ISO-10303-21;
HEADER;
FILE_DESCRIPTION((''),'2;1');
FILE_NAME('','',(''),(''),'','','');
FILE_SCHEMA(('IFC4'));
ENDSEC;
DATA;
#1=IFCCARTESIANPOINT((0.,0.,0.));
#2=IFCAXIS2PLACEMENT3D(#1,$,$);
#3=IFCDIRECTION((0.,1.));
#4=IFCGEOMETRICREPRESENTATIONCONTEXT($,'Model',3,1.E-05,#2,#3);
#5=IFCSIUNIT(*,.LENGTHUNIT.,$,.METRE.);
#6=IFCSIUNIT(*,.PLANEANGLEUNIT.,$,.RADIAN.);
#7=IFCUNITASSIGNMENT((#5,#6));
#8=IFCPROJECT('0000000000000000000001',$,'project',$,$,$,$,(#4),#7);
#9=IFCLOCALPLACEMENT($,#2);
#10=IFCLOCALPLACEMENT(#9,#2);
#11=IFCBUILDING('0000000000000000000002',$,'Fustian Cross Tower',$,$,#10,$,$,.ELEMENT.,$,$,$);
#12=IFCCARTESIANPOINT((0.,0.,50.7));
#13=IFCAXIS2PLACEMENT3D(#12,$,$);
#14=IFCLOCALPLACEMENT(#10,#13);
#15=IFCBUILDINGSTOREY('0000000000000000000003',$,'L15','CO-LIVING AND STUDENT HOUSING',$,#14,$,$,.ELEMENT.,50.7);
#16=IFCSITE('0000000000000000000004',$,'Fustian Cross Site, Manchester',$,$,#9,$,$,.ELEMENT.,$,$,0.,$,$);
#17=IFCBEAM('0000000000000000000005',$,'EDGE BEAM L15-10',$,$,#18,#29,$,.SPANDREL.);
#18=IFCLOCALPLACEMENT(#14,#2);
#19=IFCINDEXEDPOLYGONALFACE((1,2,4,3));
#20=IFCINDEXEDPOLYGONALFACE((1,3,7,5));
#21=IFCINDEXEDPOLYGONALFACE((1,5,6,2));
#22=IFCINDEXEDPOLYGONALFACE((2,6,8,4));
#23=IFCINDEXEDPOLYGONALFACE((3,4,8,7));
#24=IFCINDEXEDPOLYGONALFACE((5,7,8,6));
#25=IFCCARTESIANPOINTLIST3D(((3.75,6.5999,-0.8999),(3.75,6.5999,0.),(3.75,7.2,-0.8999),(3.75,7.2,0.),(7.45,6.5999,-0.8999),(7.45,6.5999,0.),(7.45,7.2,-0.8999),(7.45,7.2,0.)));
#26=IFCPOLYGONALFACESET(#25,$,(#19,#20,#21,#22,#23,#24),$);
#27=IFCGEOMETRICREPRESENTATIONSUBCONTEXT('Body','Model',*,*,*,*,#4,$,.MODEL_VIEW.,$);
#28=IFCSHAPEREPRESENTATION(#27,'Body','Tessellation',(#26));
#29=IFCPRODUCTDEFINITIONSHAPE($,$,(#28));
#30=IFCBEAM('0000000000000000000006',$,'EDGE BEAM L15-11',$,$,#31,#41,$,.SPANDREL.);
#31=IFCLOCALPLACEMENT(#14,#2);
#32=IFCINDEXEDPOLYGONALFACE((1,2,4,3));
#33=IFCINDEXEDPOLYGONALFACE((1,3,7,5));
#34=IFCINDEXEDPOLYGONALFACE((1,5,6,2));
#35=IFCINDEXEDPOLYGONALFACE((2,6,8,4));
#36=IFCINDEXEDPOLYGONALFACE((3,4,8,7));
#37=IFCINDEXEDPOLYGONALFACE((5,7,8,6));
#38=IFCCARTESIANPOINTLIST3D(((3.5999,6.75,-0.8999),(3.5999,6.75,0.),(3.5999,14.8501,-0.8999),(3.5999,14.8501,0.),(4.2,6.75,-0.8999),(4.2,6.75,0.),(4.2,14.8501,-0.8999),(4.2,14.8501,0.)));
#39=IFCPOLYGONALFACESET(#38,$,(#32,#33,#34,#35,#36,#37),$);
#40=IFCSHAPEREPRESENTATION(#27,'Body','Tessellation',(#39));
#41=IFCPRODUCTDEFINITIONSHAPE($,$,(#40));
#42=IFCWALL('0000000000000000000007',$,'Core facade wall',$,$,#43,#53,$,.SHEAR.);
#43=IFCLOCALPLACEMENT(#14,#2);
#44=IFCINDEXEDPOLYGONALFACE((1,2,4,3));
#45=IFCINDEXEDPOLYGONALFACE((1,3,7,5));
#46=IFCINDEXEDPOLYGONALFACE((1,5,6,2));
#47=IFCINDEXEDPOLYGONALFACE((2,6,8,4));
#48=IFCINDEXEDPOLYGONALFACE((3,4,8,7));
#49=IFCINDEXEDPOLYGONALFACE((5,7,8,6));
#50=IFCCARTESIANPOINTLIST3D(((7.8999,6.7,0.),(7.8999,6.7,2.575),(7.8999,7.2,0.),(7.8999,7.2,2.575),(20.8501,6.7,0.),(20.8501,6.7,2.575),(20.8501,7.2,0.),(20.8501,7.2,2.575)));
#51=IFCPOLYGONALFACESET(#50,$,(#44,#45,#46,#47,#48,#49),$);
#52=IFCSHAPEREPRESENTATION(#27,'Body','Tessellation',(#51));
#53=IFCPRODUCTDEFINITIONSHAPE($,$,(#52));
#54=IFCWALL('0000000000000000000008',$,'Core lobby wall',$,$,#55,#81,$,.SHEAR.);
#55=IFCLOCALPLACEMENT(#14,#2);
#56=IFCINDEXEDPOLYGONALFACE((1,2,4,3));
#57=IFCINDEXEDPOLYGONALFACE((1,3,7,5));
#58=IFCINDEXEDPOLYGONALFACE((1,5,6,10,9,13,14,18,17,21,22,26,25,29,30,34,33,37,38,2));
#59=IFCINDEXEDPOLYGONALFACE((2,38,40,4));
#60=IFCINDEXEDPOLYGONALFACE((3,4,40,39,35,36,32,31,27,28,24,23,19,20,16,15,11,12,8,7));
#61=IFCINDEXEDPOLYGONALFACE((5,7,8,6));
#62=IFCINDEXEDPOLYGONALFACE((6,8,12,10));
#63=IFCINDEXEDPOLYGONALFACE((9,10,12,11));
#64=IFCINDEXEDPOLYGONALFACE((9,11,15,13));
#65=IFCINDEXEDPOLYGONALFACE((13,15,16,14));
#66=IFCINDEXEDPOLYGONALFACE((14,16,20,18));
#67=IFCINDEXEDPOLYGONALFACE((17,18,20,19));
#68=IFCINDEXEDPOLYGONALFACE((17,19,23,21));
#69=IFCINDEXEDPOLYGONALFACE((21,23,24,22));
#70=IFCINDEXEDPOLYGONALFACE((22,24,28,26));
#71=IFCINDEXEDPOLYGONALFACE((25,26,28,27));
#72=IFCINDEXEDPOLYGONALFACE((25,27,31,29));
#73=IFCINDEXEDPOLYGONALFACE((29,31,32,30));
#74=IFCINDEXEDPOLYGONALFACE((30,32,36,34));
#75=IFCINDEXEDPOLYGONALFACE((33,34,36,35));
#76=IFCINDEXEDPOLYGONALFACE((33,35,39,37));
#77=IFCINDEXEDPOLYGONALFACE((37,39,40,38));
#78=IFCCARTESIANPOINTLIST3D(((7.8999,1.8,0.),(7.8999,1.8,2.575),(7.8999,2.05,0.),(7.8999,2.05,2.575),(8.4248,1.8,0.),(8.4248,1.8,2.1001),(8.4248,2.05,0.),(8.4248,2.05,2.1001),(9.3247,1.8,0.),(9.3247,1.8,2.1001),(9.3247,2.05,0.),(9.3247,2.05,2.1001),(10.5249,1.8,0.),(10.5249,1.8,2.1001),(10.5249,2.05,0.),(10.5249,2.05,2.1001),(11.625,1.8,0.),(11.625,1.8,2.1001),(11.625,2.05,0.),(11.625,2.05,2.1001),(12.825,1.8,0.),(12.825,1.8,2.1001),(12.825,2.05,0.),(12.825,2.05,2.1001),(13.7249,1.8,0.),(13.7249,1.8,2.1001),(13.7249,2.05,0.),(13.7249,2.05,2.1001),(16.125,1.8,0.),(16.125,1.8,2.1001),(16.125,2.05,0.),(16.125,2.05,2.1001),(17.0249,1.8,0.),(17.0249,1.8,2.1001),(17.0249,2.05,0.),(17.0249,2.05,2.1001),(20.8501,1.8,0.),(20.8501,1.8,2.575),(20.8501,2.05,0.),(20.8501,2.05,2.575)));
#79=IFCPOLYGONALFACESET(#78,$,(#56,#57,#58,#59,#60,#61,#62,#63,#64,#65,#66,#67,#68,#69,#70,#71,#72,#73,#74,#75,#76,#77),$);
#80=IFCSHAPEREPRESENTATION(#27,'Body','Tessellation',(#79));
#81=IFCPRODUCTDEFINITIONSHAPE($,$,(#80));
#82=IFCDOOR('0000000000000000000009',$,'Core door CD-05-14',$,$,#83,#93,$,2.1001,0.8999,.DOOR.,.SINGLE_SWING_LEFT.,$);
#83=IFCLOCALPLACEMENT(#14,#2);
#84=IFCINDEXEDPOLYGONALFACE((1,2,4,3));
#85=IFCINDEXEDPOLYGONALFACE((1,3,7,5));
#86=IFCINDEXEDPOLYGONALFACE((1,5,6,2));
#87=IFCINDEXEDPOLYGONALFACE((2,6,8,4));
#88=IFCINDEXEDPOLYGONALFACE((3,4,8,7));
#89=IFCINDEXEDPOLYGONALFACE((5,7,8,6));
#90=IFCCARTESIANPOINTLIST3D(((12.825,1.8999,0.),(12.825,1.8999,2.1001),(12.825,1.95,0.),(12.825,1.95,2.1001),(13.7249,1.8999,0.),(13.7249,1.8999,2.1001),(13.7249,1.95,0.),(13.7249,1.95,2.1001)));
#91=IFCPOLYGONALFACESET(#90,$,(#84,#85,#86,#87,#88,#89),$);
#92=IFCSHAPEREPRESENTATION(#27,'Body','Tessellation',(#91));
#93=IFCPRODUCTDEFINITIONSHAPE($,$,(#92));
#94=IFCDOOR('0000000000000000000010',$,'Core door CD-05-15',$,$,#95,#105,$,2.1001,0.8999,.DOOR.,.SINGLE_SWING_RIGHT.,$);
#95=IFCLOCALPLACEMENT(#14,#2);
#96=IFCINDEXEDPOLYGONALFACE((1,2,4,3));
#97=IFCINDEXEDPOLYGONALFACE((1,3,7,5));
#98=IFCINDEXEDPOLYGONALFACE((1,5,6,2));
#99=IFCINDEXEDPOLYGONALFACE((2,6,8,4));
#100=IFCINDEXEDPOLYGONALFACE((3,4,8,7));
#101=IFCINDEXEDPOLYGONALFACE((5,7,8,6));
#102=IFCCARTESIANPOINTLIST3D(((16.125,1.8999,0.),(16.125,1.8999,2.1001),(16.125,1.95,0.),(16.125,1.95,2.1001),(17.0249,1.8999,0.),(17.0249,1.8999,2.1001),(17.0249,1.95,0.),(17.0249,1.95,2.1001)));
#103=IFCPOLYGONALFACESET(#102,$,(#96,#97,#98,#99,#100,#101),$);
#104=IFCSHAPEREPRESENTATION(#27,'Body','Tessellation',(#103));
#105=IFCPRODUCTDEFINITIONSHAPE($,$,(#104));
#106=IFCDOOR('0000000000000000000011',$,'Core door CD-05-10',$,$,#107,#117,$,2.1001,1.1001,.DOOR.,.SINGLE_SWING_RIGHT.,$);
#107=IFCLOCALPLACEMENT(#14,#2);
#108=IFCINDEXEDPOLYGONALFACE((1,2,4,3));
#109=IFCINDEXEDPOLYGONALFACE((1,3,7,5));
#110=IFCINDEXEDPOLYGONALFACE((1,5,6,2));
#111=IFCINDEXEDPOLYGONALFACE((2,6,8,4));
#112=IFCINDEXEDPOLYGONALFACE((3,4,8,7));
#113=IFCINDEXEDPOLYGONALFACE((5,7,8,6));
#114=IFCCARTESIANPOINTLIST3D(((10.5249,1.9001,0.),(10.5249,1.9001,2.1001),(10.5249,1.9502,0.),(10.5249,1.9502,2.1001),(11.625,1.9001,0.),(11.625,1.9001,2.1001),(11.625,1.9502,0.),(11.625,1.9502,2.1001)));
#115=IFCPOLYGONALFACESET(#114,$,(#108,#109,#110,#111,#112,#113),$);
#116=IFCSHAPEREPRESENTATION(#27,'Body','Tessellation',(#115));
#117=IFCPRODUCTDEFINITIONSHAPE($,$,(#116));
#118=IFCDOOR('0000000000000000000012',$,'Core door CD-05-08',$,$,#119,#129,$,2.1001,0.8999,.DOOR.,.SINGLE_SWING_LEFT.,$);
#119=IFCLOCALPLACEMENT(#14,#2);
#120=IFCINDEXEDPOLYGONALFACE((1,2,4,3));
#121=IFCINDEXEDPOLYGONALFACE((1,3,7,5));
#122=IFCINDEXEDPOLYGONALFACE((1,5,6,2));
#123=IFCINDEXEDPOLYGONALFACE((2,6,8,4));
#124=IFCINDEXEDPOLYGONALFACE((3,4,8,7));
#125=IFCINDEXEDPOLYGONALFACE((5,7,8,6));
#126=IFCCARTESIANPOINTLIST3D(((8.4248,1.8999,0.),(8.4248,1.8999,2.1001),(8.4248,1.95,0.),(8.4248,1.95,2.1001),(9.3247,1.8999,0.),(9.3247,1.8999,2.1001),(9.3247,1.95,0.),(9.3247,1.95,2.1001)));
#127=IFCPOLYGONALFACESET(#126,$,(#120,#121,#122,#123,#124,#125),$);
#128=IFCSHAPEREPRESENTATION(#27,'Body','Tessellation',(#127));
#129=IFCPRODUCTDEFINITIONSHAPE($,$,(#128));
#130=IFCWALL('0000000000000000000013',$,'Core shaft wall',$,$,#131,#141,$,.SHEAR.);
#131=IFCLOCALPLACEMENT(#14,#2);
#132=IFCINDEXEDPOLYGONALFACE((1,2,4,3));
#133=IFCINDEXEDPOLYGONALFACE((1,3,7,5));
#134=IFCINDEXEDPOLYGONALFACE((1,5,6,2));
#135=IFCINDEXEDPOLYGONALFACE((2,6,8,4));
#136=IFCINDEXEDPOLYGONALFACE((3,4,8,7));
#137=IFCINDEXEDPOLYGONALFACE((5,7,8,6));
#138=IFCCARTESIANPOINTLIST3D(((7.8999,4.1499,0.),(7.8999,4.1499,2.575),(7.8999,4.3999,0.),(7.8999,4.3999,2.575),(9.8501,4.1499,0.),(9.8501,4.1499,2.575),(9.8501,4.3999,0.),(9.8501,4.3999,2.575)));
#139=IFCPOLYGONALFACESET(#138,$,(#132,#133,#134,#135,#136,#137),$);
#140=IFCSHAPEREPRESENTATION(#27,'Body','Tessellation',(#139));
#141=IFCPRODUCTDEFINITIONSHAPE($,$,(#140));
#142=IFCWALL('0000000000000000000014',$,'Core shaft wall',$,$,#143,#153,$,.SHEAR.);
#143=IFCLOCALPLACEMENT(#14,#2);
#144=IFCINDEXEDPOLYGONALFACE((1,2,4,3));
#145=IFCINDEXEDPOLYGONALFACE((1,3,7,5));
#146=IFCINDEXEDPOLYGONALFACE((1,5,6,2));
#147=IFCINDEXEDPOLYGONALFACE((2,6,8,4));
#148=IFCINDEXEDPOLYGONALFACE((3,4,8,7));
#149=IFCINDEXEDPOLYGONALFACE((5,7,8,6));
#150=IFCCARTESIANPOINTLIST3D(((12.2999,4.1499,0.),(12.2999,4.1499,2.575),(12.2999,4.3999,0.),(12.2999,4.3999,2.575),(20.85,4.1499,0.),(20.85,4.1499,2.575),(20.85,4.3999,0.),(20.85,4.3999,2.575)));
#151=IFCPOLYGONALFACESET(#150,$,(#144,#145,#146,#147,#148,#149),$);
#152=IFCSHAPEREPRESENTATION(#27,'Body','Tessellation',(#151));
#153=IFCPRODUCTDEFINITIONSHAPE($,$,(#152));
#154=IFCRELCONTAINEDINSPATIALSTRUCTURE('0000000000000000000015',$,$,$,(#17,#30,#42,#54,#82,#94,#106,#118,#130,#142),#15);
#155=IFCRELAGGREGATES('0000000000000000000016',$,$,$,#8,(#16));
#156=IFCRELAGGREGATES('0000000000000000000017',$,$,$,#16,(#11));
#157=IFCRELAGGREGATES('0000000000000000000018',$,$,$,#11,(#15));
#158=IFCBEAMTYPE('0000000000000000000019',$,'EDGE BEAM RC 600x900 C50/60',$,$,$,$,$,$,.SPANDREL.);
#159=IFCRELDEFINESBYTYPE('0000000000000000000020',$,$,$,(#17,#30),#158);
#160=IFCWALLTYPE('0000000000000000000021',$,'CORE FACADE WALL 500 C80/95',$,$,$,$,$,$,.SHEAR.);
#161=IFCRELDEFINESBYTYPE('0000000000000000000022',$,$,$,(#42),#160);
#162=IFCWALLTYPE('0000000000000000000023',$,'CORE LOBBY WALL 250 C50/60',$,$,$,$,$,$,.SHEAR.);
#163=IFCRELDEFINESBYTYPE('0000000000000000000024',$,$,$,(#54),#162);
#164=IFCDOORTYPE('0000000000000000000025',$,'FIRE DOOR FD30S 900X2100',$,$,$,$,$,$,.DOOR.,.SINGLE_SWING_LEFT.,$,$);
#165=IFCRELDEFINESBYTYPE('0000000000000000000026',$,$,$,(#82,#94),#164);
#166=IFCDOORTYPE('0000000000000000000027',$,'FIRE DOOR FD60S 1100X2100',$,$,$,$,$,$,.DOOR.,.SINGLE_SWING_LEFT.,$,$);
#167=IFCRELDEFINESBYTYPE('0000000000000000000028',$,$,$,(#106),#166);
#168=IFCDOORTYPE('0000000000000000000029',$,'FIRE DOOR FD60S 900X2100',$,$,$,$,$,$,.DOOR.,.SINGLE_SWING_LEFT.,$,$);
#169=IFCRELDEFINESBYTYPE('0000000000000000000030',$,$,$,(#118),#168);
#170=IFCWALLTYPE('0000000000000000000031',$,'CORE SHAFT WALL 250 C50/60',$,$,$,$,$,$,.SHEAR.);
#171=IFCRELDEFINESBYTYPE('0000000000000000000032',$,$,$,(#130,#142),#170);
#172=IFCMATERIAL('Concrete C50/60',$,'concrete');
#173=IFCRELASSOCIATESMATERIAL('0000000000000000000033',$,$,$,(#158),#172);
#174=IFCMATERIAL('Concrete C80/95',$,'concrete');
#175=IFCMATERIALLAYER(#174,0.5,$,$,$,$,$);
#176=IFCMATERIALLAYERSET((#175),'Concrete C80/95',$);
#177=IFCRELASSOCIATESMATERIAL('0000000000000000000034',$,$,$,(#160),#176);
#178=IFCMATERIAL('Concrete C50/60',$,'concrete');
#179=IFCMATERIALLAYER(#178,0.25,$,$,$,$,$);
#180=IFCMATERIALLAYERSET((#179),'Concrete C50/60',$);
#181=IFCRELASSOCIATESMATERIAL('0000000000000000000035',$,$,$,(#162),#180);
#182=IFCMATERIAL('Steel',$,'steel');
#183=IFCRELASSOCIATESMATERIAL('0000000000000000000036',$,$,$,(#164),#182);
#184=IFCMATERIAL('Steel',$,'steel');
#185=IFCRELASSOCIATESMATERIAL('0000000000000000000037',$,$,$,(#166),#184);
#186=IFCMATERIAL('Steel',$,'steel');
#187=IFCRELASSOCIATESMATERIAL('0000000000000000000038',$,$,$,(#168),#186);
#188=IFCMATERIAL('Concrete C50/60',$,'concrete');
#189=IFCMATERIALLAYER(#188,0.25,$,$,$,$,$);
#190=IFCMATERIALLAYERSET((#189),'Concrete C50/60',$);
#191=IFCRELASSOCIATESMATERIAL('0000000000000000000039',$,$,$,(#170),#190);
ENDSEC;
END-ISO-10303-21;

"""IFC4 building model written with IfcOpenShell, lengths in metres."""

from ifc_helpers import new_model, si_unit, direction, frame, frame_2d, origin, origin_2d, place, context, subcontext, project, spatial, rectangle, extrude, material, layer, layer_set, material_profile, profile_set, type_object, element, fill, save


model = new_model("IFC4")

# Units and contexts
model_context = context("Model", 3, precision=1e-05, world=origin(), true_north=direction((0.0, 1.0)))
body_context = subcontext(model_context, "Body", "Model", "MODEL_VIEW")
ifc_project = project(units=[si_unit("LENGTHUNIT", "METRE"), si_unit("PLANEANGLEUNIT", "RADIAN")], contexts=[model_context])

# Site, building, storey
site_placement = place(None, origin())
site = spatial("IfcSite", under=ifc_project, at=site_placement, Name="Fustian Cross Site, Manchester", CompositionType="ELEMENT", RefElevation=0.0)
building_placement = place(site_placement, origin())
building = spatial("IfcBuilding", under=site, at=building_placement, Name="Fustian Cross Tower", CompositionType="ELEMENT")
storey_placement = place(building_placement, frame((0.0, 0.0, 50.7)))
storey = spatial("IfcBuildingStorey", under=building, at=storey_placement, Name="L15", Description="CO-LIVING AND STUDENT HOUSING", CompositionType="ELEMENT", Elevation=50.7)

# Beams
ifc_material_1 = material(Name="Concrete C50/60", Category="concrete")
ifc_material_profile = material_profile(ifc_material_1, rectangle(XDim=0.6001, YDim=0.8999, at=origin_2d()), Name="RC 600x900")
ifc_profile_set = profile_set([ifc_material_profile], Name="Concrete C50/60")
beam_type = type_object("IfcBeamType", Name="EDGE BEAM RC 600x900 C50/60", PredefinedType="SPANDREL", material=ifc_profile_set)
beam_1_placement = place(storey_placement, frame((7.45, 6.8999, -0.45), z_axis=(-1.0, 0.0, 0.0), x_axis=(0.0, -1.0, 0.0)))
element("IfcBeam", 1, at=beam_1_placement, inside=storey, type_object=beam_type, Name="EDGE BEAM L15-10", PredefinedType="SPANDREL", context=body_context, shape_type="SweptSolid", body=[
    extrude(rectangle(XDim=0.6001, YDim=0.8999, at=origin_2d()), origin(), (0.0, 0.0, 1.0), 3.7),
])
beam_2_placement = place(storey_placement, frame((3.8999, 6.75, -0.45), z_axis=(0.0, 1.0, 0.0), x_axis=(-1.0, 0.0, 0.0)))
element("IfcBeam", 2, at=beam_2_placement, inside=storey, type_object=beam_type, Name="EDGE BEAM L15-11", PredefinedType="SPANDREL", context=body_context, shape_type="SweptSolid", body=[
    extrude(rectangle(XDim=0.6001, YDim=0.8999, at=origin_2d()), origin(), (0.0, 0.0, 1.0), 8.1001),
])

# Wall
ifc_material_2 = material(Name="Concrete C80/95", Category="concrete")
ifc_layer_1 = layer(ifc_material_2, 0.5)
ifc_layer_set_1 = layer_set([ifc_layer_1], Name="Concrete C80/95")
wall_type_1 = type_object("IfcWallType", Name="CORE FACADE WALL 500 C80/95", PredefinedType="SHEAR", material=ifc_layer_set_1)
wall_1_placement = place(storey_placement, frame((7.8999, 6.95, 0.0), z_axis=(0.0, 0.0, 1.0), x_axis=(1.0, 0.0, 0.0)))
element("IfcWall", 3, at=wall_1_placement, inside=storey, type_object=wall_type_1, Name="Core facade wall", PredefinedType="SHEAR", context=body_context, shape_type="SweptSolid", body=[
    extrude(rectangle(XDim=12.9502, YDim=0.5, at=frame_2d((6.4751, 0.0))), origin(), (0.0, 0.0, 1.0), 2.575),
])

# Wall, openings, doors
ifc_material_3 = material(Name="Concrete C50/60", Category="concrete")
ifc_layer_2 = layer(ifc_material_3, 0.25)
ifc_layer_set_2 = layer_set([ifc_layer_2], Name="Concrete C50/60")
wall_type_2 = type_object("IfcWallType", Name="CORE LOBBY WALL 250 C50/60", PredefinedType="SHEAR", material=ifc_layer_set_2)
wall_2_placement = place(storey_placement, frame((7.8999, 1.925, 0.0), z_axis=(0.0, 0.0, 1.0), x_axis=(1.0, 0.0, 0.0)))
wall_2 = element("IfcWall", 4, at=wall_2_placement, inside=storey, type_object=wall_type_2, Name="Core lobby wall", PredefinedType="SHEAR", context=body_context, shape_type="SweptSolid", body=[
    extrude(rectangle(XDim=12.9502, YDim=0.25, at=frame_2d((6.4751, 0.0))), origin(), (0.0, 0.0, 1.0), 2.575),
])
opening_1_placement = place(wall_2_placement, frame((0.5249, 0.0, 0.0)))
opening_1 = element("IfcOpeningElement", 5, at=opening_1_placement, cuts=wall_2, PredefinedType="OPENING", context=body_context, shape_type="SweptSolid", body=[
    extrude(rectangle(XDim=0.8999, YDim=2.1001, at=frame_2d((0.45, 1.05))), frame((0.0, 0.135, 0.0), z_axis=(0.0, -1.0, 0.0), x_axis=(1.0, 0.0, 0.0)), (0.0, 0.0, 1.0), 0.27),
])
opening_2_placement = place(wall_2_placement, frame((2.625, 0.0, 0.0)))
opening_2 = element("IfcOpeningElement", 6, at=opening_2_placement, cuts=wall_2, PredefinedType="OPENING", context=body_context, shape_type="SweptSolid", body=[
    extrude(rectangle(XDim=1.1001, YDim=2.1001, at=frame_2d((0.55, 1.05))), frame((0.0, 0.135, 0.0), z_axis=(0.0, -1.0, 0.0), x_axis=(1.0, 0.0, 0.0)), (0.0, 0.0, 1.0), 0.27),
])
opening_3_placement = place(wall_2_placement, frame((4.925, 0.0, 0.0)))
opening_3 = element("IfcOpeningElement", 7, at=opening_3_placement, cuts=wall_2, PredefinedType="OPENING", context=body_context, shape_type="SweptSolid", body=[
    extrude(rectangle(XDim=0.8999, YDim=2.1001, at=frame_2d((0.45, 1.05))), frame((0.0, 0.135, 0.0), z_axis=(0.0, -1.0, 0.0), x_axis=(1.0, 0.0, 0.0)), (0.0, 0.0, 1.0), 0.27),
])
opening_4_placement = place(wall_2_placement, frame((8.2251, 0.0, 0.0)))
opening_4 = element("IfcOpeningElement", 8, at=opening_4_placement, cuts=wall_2, PredefinedType="OPENING", context=body_context, shape_type="SweptSolid", body=[
    extrude(rectangle(XDim=0.8999, YDim=2.1001, at=frame_2d((0.45, 1.05))), frame((0.0, 0.135, 0.0), z_axis=(0.0, -1.0, 0.0), x_axis=(1.0, 0.0, 0.0)), (0.0, 0.0, 1.0), 0.27),
])
ifc_material_4 = material(Name="Steel", Category="steel")
door_type_1 = type_object("IfcDoorType", Name="FIRE DOOR FD30S 900X2100", OperationType="SINGLE_SWING_LEFT", PredefinedType="DOOR", material=ifc_material_4)
door_1_placement = place(opening_3_placement, origin())
door_1 = element("IfcDoor", 9, at=door_1_placement, inside=storey, type_object=door_type_1, Name="Core door CD-05-14", OperationType="SINGLE_SWING_LEFT", OverallHeight=2.1001, OverallWidth=0.8999, PredefinedType="DOOR", context=body_context, shape_type="SweptSolid", body=[
    extrude(rectangle(XDim=0.8999, YDim=2.1001, at=frame_2d((0.45, 1.05))), frame((0.0, 0.0249, 0.0), z_axis=(0.0, -1.0, 0.0), x_axis=(1.0, 0.0, 0.0)), (0.0, 0.0, 1.0), 0.05),
])
fill(opening_3, door_1)
door_2_placement = place(opening_4_placement, origin())
door_2 = element("IfcDoor", 10, at=door_2_placement, inside=storey, type_object=door_type_1, Name="Core door CD-05-15", OperationType="SINGLE_SWING_RIGHT", OverallHeight=2.1001, OverallWidth=0.8999, PredefinedType="DOOR", context=body_context, shape_type="SweptSolid", body=[
    extrude(rectangle(XDim=0.8999, YDim=2.1001, at=frame_2d((0.45, 1.05))), frame((0.0, 0.0249, 0.0), z_axis=(0.0, -1.0, 0.0), x_axis=(1.0, 0.0, 0.0)), (0.0, 0.0, 1.0), 0.05),
])
fill(opening_4, door_2)
ifc_material_5 = material(Name="Steel", Category="steel")
door_type_2 = type_object("IfcDoorType", Name="FIRE DOOR FD60S 1100X2100", OperationType="SINGLE_SWING_LEFT", PredefinedType="DOOR", material=ifc_material_5)
door_3_placement = place(opening_2_placement, frame((1.1001, 0.0, 0.0), z_axis=(0.0, 0.0, 1.0), x_axis=(-1.0, 0.0, 0.0)))
door_3 = element("IfcDoor", 11, at=door_3_placement, inside=storey, type_object=door_type_2, Name="Core door CD-05-10", OperationType="SINGLE_SWING_RIGHT", OverallHeight=2.1001, OverallWidth=1.1001, PredefinedType="DOOR", context=body_context, shape_type="SweptSolid", body=[
    extrude(rectangle(XDim=1.1001, YDim=2.1001, at=frame_2d((0.55, 1.05))), frame((0.0, 0.0249, 0.0), z_axis=(0.0, -1.0, 0.0), x_axis=(1.0, 0.0, 0.0)), (0.0, 0.0, 1.0), 0.05),
])
fill(opening_2, door_3)
ifc_material_6 = material(Name="Steel", Category="steel")
door_type_3 = type_object("IfcDoorType", Name="FIRE DOOR FD60S 900X2100", OperationType="SINGLE_SWING_LEFT", PredefinedType="DOOR", material=ifc_material_6)
door_4_placement = place(opening_1_placement, origin())
door_4 = element("IfcDoor", 12, at=door_4_placement, inside=storey, type_object=door_type_3, Name="Core door CD-05-08", OperationType="SINGLE_SWING_LEFT", OverallHeight=2.1001, OverallWidth=0.8999, PredefinedType="DOOR", context=body_context, shape_type="SweptSolid", body=[
    extrude(rectangle(XDim=0.8999, YDim=2.1001, at=frame_2d((0.45, 1.05))), frame((0.0, 0.0249, 0.0), z_axis=(0.0, -1.0, 0.0), x_axis=(1.0, 0.0, 0.0)), (0.0, 0.0, 1.0), 0.05),
])
fill(opening_1, door_4)

# Walls
ifc_material_7 = material(Name="Concrete C50/60", Category="concrete")
ifc_layer_3 = layer(ifc_material_7, 0.25)
ifc_layer_set_3 = layer_set([ifc_layer_3], Name="Concrete C50/60")
wall_type_3 = type_object("IfcWallType", Name="CORE SHAFT WALL 250 C50/60", PredefinedType="SHEAR", material=ifc_layer_set_3)
wall_3_placement = place(storey_placement, frame((7.8999, 4.2749, 0.0), z_axis=(0.0, 0.0, 1.0), x_axis=(1.0, 0.0, 0.0)))
element("IfcWall", 13, at=wall_3_placement, inside=storey, type_object=wall_type_3, Name="Core shaft wall", PredefinedType="SHEAR", context=body_context, shape_type="SweptSolid", body=[
    extrude(rectangle(XDim=1.9502, YDim=0.25, at=frame_2d((0.9751, 0.0))), origin(), (0.0, 0.0, 1.0), 2.575),
])
wall_4_placement = place(storey_placement, frame((12.3, 4.2749, 0.0), z_axis=(0.0, 0.0, 1.0), x_axis=(1.0, 0.0, 0.0)))
element("IfcWall", 14, at=wall_4_placement, inside=storey, type_object=wall_type_3, Name="Core shaft wall", PredefinedType="SHEAR", context=body_context, shape_type="SweptSolid", body=[
    extrude(rectangle(XDim=8.55, YDim=0.25, at=frame_2d((4.2749, 0.0))), origin(), (0.0, 0.0, 1.0), 2.575),
])

save(model, "model.ifc")
